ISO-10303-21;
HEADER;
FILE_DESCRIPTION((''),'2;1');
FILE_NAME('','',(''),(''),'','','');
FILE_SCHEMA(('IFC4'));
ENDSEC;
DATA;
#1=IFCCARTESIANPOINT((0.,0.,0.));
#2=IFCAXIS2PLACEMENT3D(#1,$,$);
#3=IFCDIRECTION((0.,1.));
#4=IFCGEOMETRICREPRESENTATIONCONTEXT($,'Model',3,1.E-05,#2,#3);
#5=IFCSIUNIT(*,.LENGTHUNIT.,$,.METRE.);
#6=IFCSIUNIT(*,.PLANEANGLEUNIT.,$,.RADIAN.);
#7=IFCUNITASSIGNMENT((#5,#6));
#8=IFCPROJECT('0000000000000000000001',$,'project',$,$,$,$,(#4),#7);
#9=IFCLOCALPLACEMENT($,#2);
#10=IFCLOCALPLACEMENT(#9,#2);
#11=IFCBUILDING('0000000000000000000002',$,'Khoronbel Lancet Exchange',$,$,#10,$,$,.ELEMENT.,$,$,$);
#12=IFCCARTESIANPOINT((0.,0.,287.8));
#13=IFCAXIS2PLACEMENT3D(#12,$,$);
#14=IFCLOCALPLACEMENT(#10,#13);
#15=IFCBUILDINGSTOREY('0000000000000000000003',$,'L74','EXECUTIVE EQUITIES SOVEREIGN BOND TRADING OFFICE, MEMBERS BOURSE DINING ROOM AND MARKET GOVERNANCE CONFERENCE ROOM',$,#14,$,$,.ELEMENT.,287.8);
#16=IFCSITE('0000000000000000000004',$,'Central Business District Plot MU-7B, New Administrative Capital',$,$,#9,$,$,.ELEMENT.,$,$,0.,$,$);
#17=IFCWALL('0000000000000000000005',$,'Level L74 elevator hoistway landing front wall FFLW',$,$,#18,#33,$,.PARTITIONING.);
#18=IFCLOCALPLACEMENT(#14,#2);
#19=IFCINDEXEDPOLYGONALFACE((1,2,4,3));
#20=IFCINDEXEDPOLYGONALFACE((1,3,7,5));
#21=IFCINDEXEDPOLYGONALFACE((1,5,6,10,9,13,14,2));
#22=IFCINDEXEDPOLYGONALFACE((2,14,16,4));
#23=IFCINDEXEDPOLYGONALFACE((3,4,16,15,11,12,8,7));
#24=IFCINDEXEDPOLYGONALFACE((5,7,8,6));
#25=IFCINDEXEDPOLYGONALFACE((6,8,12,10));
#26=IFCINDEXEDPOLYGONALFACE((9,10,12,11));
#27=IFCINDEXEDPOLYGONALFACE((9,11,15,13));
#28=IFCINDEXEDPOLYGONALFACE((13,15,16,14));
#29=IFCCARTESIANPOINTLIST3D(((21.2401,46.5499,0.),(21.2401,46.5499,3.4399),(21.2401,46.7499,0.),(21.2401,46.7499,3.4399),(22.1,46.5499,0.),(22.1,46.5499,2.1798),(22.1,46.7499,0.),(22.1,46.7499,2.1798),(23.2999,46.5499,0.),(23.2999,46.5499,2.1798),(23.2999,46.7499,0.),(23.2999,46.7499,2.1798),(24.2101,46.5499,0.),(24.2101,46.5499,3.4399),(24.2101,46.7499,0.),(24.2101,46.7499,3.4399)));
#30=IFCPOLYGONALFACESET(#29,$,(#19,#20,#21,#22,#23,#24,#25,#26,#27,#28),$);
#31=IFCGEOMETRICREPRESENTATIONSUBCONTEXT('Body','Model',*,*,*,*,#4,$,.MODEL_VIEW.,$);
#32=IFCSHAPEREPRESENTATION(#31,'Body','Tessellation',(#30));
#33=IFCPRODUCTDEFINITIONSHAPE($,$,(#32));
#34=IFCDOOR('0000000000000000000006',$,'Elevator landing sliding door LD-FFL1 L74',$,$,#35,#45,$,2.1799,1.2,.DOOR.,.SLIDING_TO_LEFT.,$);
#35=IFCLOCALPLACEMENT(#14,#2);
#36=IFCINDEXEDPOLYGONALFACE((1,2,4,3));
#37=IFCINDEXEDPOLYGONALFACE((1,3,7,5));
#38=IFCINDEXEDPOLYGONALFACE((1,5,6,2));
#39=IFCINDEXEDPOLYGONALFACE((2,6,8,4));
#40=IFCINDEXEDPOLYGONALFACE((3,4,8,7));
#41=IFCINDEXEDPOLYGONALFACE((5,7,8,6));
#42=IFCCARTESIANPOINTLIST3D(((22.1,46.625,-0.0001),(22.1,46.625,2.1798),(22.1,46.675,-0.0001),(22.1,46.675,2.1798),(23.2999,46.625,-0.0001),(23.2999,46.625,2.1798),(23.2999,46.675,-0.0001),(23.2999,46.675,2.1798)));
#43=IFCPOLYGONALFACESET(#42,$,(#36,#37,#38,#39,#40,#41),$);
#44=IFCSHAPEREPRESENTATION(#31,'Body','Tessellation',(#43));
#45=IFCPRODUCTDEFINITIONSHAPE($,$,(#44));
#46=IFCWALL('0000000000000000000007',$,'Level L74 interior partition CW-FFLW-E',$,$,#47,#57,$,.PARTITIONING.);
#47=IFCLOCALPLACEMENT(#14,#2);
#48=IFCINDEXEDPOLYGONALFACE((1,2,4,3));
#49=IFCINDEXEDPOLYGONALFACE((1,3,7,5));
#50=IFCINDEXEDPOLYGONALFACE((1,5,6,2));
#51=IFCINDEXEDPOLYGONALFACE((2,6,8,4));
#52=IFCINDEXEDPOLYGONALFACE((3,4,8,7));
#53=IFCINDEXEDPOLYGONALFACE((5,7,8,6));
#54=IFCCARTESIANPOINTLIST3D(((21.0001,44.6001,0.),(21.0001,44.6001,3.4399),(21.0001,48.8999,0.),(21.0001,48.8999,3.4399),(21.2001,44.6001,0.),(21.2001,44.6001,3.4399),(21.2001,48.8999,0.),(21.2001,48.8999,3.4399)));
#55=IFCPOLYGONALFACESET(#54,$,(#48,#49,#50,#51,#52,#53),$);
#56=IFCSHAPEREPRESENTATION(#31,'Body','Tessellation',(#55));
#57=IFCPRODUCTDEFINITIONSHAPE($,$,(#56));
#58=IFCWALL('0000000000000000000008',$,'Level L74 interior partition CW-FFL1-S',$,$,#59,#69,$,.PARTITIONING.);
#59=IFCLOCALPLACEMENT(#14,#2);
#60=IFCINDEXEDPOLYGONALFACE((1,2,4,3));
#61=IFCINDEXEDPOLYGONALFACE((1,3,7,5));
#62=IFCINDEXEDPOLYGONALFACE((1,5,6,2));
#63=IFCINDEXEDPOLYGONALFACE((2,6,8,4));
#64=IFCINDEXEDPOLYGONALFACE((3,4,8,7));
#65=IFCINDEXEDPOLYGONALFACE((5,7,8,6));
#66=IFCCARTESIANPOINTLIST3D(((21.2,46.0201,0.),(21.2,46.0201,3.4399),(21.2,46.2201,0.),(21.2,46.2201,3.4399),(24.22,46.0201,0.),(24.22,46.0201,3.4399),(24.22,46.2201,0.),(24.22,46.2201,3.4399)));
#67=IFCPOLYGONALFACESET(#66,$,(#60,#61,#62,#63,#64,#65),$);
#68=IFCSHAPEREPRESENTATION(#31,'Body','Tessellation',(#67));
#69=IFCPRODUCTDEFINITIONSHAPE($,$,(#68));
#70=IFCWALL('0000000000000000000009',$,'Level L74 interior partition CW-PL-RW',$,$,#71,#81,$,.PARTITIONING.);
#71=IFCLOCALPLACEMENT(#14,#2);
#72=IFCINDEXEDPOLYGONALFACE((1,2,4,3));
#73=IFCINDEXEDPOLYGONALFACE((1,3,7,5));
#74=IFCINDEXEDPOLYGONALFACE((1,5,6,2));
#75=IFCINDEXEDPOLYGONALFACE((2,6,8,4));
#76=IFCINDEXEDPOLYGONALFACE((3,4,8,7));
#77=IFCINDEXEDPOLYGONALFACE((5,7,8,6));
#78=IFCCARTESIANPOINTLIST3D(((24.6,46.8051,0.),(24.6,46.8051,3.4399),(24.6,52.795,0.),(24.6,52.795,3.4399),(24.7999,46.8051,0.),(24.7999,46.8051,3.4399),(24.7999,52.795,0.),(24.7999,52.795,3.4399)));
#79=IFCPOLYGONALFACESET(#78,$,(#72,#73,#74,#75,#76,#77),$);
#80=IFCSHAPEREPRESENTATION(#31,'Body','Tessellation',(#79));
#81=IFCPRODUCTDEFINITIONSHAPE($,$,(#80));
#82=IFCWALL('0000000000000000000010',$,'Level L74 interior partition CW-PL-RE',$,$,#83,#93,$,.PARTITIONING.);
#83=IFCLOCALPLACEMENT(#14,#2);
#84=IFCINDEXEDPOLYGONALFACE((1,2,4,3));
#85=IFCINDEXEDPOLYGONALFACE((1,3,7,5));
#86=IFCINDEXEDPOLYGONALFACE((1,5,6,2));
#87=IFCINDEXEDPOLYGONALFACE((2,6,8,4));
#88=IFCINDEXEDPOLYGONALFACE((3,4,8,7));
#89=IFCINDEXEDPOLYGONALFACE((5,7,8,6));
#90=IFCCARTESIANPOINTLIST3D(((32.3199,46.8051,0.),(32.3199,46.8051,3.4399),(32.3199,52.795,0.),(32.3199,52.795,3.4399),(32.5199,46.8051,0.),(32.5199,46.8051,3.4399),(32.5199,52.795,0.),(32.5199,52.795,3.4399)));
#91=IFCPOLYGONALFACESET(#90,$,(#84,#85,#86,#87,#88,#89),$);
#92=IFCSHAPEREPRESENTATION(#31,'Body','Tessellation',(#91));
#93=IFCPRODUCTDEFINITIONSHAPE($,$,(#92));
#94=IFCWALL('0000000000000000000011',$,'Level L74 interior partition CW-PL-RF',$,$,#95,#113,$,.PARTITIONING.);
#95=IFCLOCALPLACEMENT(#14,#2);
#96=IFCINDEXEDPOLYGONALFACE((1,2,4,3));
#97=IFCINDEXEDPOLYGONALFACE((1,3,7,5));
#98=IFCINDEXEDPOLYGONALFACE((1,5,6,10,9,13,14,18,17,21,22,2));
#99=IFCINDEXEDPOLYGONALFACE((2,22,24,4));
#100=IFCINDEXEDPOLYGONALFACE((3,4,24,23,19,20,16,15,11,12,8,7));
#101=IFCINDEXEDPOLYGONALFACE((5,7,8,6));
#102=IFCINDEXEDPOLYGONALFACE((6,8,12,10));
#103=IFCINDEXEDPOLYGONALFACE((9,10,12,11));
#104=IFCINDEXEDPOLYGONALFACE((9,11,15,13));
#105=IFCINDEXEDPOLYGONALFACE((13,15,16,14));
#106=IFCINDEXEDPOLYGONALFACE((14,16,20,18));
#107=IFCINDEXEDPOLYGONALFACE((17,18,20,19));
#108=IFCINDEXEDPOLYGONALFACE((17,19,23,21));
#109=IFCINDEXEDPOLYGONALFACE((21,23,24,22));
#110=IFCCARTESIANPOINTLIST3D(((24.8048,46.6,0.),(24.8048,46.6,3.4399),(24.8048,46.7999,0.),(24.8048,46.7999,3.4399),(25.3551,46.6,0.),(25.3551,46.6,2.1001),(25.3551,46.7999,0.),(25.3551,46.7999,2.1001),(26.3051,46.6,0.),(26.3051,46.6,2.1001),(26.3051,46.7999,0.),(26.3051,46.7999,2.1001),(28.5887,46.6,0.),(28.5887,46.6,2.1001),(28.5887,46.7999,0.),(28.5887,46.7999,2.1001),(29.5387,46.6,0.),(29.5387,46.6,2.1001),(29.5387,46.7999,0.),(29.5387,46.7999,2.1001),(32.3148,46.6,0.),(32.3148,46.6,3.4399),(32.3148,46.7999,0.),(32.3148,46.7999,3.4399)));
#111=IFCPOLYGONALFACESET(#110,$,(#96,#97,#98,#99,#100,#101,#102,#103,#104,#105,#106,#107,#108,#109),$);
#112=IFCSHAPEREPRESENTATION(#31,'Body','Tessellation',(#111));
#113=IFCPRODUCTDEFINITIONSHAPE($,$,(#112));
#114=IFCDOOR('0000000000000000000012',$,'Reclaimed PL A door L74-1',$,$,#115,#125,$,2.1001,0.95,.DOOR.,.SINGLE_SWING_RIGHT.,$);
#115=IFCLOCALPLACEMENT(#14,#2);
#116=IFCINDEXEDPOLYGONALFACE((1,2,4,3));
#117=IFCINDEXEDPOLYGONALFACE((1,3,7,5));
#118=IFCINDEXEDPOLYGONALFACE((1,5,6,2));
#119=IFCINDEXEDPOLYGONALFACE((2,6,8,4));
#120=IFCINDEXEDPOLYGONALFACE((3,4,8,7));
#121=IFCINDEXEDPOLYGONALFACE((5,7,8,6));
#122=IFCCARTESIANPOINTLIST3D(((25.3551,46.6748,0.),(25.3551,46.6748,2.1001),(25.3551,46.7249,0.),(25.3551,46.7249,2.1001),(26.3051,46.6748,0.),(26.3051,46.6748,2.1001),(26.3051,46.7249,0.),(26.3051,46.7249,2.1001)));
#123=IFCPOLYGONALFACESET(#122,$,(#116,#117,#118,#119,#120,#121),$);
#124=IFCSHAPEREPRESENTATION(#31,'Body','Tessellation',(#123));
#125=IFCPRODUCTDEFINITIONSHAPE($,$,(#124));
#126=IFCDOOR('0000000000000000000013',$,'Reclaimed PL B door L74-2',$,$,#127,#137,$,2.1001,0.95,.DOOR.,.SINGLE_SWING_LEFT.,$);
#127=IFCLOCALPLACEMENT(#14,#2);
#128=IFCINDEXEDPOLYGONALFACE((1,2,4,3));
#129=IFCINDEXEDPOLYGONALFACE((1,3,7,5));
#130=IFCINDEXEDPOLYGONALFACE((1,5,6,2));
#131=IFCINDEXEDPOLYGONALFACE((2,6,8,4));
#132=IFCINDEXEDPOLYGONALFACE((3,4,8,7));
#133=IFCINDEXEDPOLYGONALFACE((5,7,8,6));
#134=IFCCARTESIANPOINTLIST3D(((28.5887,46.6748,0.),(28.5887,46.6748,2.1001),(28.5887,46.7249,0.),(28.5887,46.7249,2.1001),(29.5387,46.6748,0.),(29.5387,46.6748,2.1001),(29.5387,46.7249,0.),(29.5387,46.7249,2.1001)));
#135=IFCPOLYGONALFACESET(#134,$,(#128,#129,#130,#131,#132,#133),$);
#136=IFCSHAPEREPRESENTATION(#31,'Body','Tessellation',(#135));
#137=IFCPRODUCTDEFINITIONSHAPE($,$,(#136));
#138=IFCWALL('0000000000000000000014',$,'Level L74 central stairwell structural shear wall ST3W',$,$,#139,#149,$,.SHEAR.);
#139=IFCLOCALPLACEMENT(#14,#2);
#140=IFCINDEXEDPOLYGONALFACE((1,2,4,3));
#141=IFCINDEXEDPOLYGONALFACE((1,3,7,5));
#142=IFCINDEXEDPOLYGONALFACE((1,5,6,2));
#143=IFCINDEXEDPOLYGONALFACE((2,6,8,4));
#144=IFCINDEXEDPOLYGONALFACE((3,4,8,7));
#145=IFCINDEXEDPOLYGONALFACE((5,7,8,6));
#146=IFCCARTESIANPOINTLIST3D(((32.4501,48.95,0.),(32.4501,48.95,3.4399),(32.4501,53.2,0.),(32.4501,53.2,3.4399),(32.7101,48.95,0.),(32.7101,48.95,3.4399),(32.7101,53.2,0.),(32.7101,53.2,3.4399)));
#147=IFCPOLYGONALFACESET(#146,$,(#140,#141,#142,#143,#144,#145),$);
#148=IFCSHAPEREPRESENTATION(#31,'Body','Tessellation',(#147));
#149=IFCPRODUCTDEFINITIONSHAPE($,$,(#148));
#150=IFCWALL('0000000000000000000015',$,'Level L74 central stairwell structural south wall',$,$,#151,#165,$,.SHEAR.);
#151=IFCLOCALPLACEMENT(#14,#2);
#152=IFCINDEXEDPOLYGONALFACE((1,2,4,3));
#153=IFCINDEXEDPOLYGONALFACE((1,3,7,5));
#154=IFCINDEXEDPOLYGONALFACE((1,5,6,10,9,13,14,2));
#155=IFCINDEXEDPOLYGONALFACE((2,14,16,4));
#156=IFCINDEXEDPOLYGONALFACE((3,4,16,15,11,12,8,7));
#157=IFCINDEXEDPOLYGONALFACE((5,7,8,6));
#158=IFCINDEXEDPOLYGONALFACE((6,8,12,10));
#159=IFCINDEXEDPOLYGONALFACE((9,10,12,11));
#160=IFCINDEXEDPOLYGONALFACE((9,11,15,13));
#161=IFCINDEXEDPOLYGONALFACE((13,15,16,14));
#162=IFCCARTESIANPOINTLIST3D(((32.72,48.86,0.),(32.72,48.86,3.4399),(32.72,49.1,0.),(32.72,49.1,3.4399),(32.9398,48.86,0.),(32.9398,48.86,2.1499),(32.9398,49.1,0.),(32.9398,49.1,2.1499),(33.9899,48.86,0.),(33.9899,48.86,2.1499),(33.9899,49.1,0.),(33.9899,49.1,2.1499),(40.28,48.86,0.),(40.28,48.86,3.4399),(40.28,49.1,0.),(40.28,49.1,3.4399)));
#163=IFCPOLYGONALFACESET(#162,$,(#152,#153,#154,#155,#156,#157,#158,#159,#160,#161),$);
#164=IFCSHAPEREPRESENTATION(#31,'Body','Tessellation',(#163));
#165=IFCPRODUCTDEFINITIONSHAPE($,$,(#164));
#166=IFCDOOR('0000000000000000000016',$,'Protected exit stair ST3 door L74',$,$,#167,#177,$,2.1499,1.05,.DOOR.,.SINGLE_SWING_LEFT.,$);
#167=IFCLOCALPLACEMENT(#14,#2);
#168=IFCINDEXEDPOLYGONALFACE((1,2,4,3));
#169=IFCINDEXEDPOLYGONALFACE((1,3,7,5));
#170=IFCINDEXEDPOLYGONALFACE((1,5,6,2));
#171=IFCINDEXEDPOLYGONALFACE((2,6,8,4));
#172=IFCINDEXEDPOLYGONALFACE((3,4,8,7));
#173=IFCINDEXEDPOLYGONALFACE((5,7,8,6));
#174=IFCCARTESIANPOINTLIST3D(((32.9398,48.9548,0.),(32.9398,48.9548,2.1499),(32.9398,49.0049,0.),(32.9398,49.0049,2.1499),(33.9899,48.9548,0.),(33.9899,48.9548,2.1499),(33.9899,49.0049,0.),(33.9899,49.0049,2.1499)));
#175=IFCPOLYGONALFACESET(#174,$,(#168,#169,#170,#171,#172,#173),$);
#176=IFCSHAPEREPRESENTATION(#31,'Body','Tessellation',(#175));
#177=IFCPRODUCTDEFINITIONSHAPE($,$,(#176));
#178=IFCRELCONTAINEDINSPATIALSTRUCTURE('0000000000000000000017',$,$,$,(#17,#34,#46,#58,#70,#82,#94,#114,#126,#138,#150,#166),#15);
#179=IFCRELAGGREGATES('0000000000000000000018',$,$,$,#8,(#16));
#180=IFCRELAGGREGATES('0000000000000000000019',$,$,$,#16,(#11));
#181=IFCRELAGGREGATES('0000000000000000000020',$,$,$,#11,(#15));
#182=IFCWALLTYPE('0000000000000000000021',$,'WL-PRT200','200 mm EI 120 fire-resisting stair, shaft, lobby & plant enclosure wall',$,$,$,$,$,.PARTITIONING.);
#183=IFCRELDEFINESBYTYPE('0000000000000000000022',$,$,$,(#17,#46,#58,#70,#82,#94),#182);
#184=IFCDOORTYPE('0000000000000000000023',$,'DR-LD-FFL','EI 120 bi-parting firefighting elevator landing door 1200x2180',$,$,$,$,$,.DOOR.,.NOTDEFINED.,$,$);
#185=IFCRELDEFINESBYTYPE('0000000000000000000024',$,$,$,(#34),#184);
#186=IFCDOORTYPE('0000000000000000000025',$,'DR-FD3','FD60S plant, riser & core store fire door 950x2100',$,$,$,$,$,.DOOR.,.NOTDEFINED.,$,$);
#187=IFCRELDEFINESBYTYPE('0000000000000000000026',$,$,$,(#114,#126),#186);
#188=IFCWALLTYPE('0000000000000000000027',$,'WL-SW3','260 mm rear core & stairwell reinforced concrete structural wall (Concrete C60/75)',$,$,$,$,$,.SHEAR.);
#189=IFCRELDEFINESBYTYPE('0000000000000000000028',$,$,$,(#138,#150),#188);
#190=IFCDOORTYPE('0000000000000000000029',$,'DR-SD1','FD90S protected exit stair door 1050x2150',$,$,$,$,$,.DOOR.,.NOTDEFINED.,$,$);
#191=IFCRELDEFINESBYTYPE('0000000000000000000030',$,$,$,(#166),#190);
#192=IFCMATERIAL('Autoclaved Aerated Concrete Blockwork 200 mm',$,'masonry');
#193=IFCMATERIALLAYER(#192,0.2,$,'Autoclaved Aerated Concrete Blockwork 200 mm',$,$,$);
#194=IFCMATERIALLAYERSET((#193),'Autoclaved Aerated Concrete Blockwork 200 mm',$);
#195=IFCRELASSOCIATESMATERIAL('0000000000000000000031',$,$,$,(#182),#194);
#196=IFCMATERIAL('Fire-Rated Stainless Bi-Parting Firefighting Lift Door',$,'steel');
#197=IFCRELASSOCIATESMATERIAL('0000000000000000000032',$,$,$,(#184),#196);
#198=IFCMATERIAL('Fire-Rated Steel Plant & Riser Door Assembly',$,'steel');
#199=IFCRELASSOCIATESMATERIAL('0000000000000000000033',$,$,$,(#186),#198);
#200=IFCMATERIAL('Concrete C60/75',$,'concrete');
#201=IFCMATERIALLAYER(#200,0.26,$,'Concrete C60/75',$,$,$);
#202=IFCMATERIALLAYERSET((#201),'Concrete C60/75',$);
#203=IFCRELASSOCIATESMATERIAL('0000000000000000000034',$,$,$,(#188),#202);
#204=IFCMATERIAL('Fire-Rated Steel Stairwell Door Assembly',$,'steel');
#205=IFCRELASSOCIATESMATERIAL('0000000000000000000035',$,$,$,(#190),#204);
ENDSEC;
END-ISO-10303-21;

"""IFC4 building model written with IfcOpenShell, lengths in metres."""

from ifc_helpers import new_model, si_unit, direction, frame, frame_2d, origin, place, context, subcontext, project, spatial, rectangle, extrude, material, layer, layer_set, type_object, element, fill, save


model = new_model("IFC4")

# Units and contexts
model_context = context("Model", 3, precision=1e-05, world=origin(), true_north=direction((0.0, 1.0)))
body_context = subcontext(model_context, "Body", "Model", "MODEL_VIEW")
ifc_project = project(units=[si_unit("LENGTHUNIT", "METRE"), si_unit("PLANEANGLEUNIT", "RADIAN")], contexts=[model_context])

# Site, building, storey
site_placement = place(None, origin())
site = spatial("IfcSite", under=ifc_project, at=site_placement, Name="Central Business District Plot MU-7B, New Administrative Capital", CompositionType="ELEMENT", RefElevation=0.0)
building_placement = place(site_placement, origin())
building = spatial("IfcBuilding", under=site, at=building_placement, Name="Khoronbel Lancet Exchange", CompositionType="ELEMENT")
storey_placement = place(building_placement, frame((0.0, 0.0, 287.8)))
storey = spatial("IfcBuildingStorey", under=building, at=storey_placement, Name="L74", Description="EXECUTIVE EQUITIES SOVEREIGN BOND TRADING OFFICE, MEMBERS BOURSE DINING ROOM AND MARKET GOVERNANCE CONFERENCE ROOM", CompositionType="ELEMENT", Elevation=287.8)

# Wall, opening, door
ifc_material_1 = material(Name="Autoclaved Aerated Concrete Blockwork 200 mm", Category="masonry")
ifc_layer_1 = layer(ifc_material_1, 0.2, Name="Autoclaved Aerated Concrete Blockwork 200 mm")
ifc_layer_set_1 = layer_set([ifc_layer_1], Name="Autoclaved Aerated Concrete Blockwork 200 mm")
wall_type_1 = type_object("IfcWallType", Name="WL-PRT200", Description="200 mm EI 120 fire-resisting stair, shaft, lobby & plant enclosure wall", PredefinedType="PARTITIONING", material=ifc_layer_set_1)
wall_1_placement = place(storey_placement, frame((24.21, 46.6499, 0.0), z_axis=(0.0, 0.0, 1.0), x_axis=(-1.0, 0.0, 0.0)))
wall_1 = element("IfcWall", 1, at=wall_1_placement, inside=storey, type_object=wall_type_1, Name="Level L74 elevator hoistway landing front wall FFLW", PredefinedType="PARTITIONING", context=body_context, shape_type="SweptSolid", body=[
    extrude(rectangle(XDim=2.97, YDim=0.2, at=frame_2d((1.4849, 0.0))), origin(), (0.0, 0.0, 1.0), 3.4399),
])
opening_1_placement = place(wall_1_placement, frame((0.9099, 0.0, 0.0)))
opening_1 = element("IfcOpeningElement", 2, at=opening_1_placement, cuts=wall_1, PredefinedType="OPENING", context=body_context, shape_type="SweptSolid", body=[
    extrude(rectangle(XDim=1.2, YDim=2.1799, at=frame_2d((0.6001, 1.0898))), frame((0.0, 0.1099, 0.0), z_axis=(0.0, -1.0, 0.0), x_axis=(1.0, 0.0, 0.0)), (0.0, 0.0, 1.0), 0.22),
])
ifc_material_2 = material(Name="Fire-Rated Stainless Bi-Parting Firefighting Lift Door", Category="steel")
door_type_1 = type_object("IfcDoorType", Name="DR-LD-FFL", Description="EI 120 bi-parting firefighting elevator landing door 1200x2180", OperationType="NOTDEFINED", PredefinedType="DOOR", material=ifc_material_2)
door_1_placement = place(opening_1_placement, origin())
door_1 = element("IfcDoor", 3, at=door_1_placement, inside=storey, type_object=door_type_1, Name="Elevator landing sliding door LD-FFL1 L74", OperationType="SLIDING_TO_LEFT", OverallHeight=2.1799, OverallWidth=1.2, PredefinedType="DOOR", context=body_context, shape_type="SweptSolid", body=[
    extrude(rectangle(XDim=1.2, YDim=2.1799, at=frame_2d((0.6001, 1.0898))), frame((0.0, 0.0249, 0.0), z_axis=(0.0, -1.0, 0.0), x_axis=(1.0, 0.0, 0.0)), (0.0, 0.0, 1.0), 0.05),
])
fill(opening_1, door_1)

# Walls
wall_2_placement = place(storey_placement, frame((21.1001, 44.6001, 0.0), z_axis=(0.0, 0.0, 1.0), x_axis=(0.0, 1.0, 0.0)))
element("IfcWall", 4, at=wall_2_placement, inside=storey, type_object=wall_type_1, Name="Level L74 interior partition CW-FFLW-E", PredefinedType="PARTITIONING", context=body_context, shape_type="SweptSolid", body=[
    extrude(rectangle(XDim=4.2998, YDim=0.2, at=frame_2d((2.1499, 0.0))), origin(), (0.0, 0.0, 1.0), 3.4399),
])
wall_3_placement = place(storey_placement, frame((21.2, 46.1201, 0.0), z_axis=(0.0, 0.0, 1.0), x_axis=(1.0, 0.0, 0.0)))
element("IfcWall", 5, at=wall_3_placement, inside=storey, type_object=wall_type_1, Name="Level L74 interior partition CW-FFL1-S", PredefinedType="PARTITIONING", context=body_context, shape_type="SweptSolid", body=[
    extrude(rectangle(XDim=3.02, YDim=0.2, at=frame_2d((1.51, 0.0))), origin(), (0.0, 0.0, 1.0), 3.4399),
])
for number, where, z_axis, x_axis, name in (
    (6, (24.7, 46.8049, 0.0), (0.0, 0.0, 1.0), (0.0, 1.0, 0.0), "Level L74 interior partition CW-PL-RW"),
    (7, (32.4199, 46.8049, 0.0), (0.0, 0.0, 1.0), (0.0, 1.0, 0.0), "Level L74 interior partition CW-PL-RE"),
):
    element("IfcWall", number, at=place(storey_placement, frame(where, z_axis=z_axis, x_axis=x_axis)), inside=storey, type_object=wall_type_1, Name=name, PredefinedType="PARTITIONING", context=body_context, shape_type="SweptSolid", body=[
        extrude(rectangle(XDim=5.99, YDim=0.2, at=frame_2d((2.9951, 0.0))), origin(), (0.0, 0.0, 1.0), 3.4399),
    ])

# Wall, openings, doors
wall_4_placement = place(storey_placement, frame((24.8049, 46.7, 0.0), z_axis=(0.0, 0.0, 1.0), x_axis=(1.0, 0.0, 0.0)))
wall_4 = element("IfcWall", 8, at=wall_4_placement, inside=storey, type_object=wall_type_1, Name="Level L74 interior partition CW-PL-RF", PredefinedType="PARTITIONING", context=body_context, shape_type="SweptSolid", body=[
    extrude(rectangle(XDim=7.51, YDim=0.2, at=frame_2d((3.7549, 0.0))), origin(), (0.0, 0.0, 1.0), 3.4399),
])
opening_2_placement = place(wall_4_placement, frame((0.55, 0.0, 0.0)))
opening_2 = element("IfcOpeningElement", 9, at=opening_2_placement, cuts=wall_4, PredefinedType="OPENING", context=body_context, shape_type="SweptSolid", body=[
    extrude(rectangle(XDim=0.95, YDim=2.1001, at=frame_2d((0.4751, 1.05))), frame((0.0, 0.1099, 0.0), z_axis=(0.0, -1.0, 0.0), x_axis=(1.0, 0.0, 0.0)), (0.0, 0.0, 1.0), 0.22),
])
opening_3_placement = place(wall_4_placement, frame((3.7837, 0.0, 0.0)))
opening_3 = element("IfcOpeningElement", 10, at=opening_3_placement, cuts=wall_4, PredefinedType="OPENING", context=body_context, shape_type="SweptSolid", body=[
    extrude(rectangle(XDim=0.95, YDim=2.1001, at=frame_2d((0.4751, 1.05))), frame((0.0, 0.1099, 0.0), z_axis=(0.0, -1.0, 0.0), x_axis=(1.0, 0.0, 0.0)), (0.0, 0.0, 1.0), 0.22),
])
ifc_material_3 = material(Name="Fire-Rated Steel Plant & Riser Door Assembly", Category="steel")
door_type_2 = type_object("IfcDoorType", Name="DR-FD3", Description="FD60S plant, riser & core store fire door 950x2100", OperationType="NOTDEFINED", PredefinedType="DOOR", material=ifc_material_3)
door_2_placement = place(opening_2_placement, origin())
door_2 = element("IfcDoor", 11, at=door_2_placement, inside=storey, type_object=door_type_2, Name="Reclaimed PL A door L74-1", OperationType="SINGLE_SWING_RIGHT", OverallHeight=2.1001, OverallWidth=0.95, PredefinedType="DOOR", context=body_context, shape_type="SweptSolid", body=[
    extrude(rectangle(XDim=0.95, YDim=2.1001, at=frame_2d((0.4751, 1.05))), frame((0.0, 0.0249, 0.0), z_axis=(0.0, -1.0, 0.0), x_axis=(1.0, 0.0, 0.0)), (0.0, 0.0, 1.0), 0.05),
])
fill(opening_2, door_2)
door_3_placement = place(opening_3_placement, origin())
door_3 = element("IfcDoor", 12, at=door_3_placement, inside=storey, type_object=door_type_2, Name="Reclaimed PL B door L74-2", OperationType="SINGLE_SWING_LEFT", OverallHeight=2.1001, OverallWidth=0.95, PredefinedType="DOOR", context=body_context, shape_type="SweptSolid", body=[
    extrude(rectangle(XDim=0.95, YDim=2.1001, at=frame_2d((0.4751, 1.05))), frame((0.0, 0.0249, 0.0), z_axis=(0.0, -1.0, 0.0), x_axis=(1.0, 0.0, 0.0)), (0.0, 0.0, 1.0), 0.05),
])
fill(opening_3, door_3)

# Wall
ifc_material_4 = material(Name="Concrete C60/75", Category="concrete")
ifc_layer_2 = layer(ifc_material_4, 0.26, Name="Concrete C60/75")
ifc_layer_set_2 = layer_set([ifc_layer_2], Name="Concrete C60/75")
wall_type_2 = type_object("IfcWallType", Name="WL-SW3", Description="260 mm rear core & stairwell reinforced concrete structural wall (Concrete C60/75)", PredefinedType="SHEAR", material=ifc_layer_set_2)
wall_5_placement = place(storey_placement, frame((32.5801, 48.95, 0.0), z_axis=(0.0, 0.0, 1.0), x_axis=(0.0, 1.0, 0.0)))
element("IfcWall", 13, at=wall_5_placement, inside=storey, type_object=wall_type_2, Name="Level L74 central stairwell structural shear wall ST3W", PredefinedType="SHEAR", context=body_context, shape_type="SweptSolid", body=[
    extrude(rectangle(XDim=4.25, YDim=0.26, at=frame_2d((2.125, 0.0))), origin(), (0.0, 0.0, 1.0), 3.4399),
])

# Wall, opening, door
wall_6_placement = place(storey_placement, frame((32.72, 48.98, 0.0), z_axis=(0.0, 0.0, 1.0), x_axis=(1.0, 0.0, 0.0)))
wall_6 = element("IfcWall", 14, at=wall_6_placement, inside=storey, type_object=wall_type_2, Name="Level L74 central stairwell structural south wall", PredefinedType="SHEAR", context=body_context, shape_type="SweptSolid", body=[
    extrude(rectangle(XDim=7.5601, YDim=0.24, at=frame_2d((3.78, 0.0))), origin(), (0.0, 0.0, 1.0), 3.4399),
])
opening_4_placement = place(wall_6_placement, frame((0.22, 0.0, 0.0)))
opening_4 = element("IfcOpeningElement", 15, at=opening_4_placement, cuts=wall_6, PredefinedType="OPENING", context=body_context, shape_type="SweptSolid", body=[
    extrude(rectangle(XDim=1.05, YDim=2.1499, at=frame_2d((0.5249, 1.075))), frame((0.0, 0.1299, 0.0), z_axis=(0.0, -1.0, 0.0), x_axis=(1.0, 0.0, 0.0)), (0.0, 0.0, 1.0), 0.26),
])
ifc_material_5 = material(Name="Fire-Rated Steel Stairwell Door Assembly", Category="steel")
door_type_3 = type_object("IfcDoorType", Name="DR-SD1", Description="FD90S protected exit stair door 1050x2150", OperationType="NOTDEFINED", PredefinedType="DOOR", material=ifc_material_5)
door_4_placement = place(opening_4_placement, origin())
door_4 = element("IfcDoor", 16, at=door_4_placement, inside=storey, type_object=door_type_3, Name="Protected exit stair ST3 door L74", OperationType="SINGLE_SWING_LEFT", OverallHeight=2.1499, OverallWidth=1.05, PredefinedType="DOOR", context=body_context, shape_type="SweptSolid", body=[
    extrude(rectangle(XDim=1.05, YDim=2.1499, at=frame_2d((0.5249, 1.075))), frame((0.0, 0.0249, 0.0), z_axis=(0.0, -1.0, 0.0), x_axis=(1.0, 0.0, 0.0)), (0.0, 0.0, 1.0), 0.05),
])
fill(opening_4, door_4)

save(model, "model.ifc")
